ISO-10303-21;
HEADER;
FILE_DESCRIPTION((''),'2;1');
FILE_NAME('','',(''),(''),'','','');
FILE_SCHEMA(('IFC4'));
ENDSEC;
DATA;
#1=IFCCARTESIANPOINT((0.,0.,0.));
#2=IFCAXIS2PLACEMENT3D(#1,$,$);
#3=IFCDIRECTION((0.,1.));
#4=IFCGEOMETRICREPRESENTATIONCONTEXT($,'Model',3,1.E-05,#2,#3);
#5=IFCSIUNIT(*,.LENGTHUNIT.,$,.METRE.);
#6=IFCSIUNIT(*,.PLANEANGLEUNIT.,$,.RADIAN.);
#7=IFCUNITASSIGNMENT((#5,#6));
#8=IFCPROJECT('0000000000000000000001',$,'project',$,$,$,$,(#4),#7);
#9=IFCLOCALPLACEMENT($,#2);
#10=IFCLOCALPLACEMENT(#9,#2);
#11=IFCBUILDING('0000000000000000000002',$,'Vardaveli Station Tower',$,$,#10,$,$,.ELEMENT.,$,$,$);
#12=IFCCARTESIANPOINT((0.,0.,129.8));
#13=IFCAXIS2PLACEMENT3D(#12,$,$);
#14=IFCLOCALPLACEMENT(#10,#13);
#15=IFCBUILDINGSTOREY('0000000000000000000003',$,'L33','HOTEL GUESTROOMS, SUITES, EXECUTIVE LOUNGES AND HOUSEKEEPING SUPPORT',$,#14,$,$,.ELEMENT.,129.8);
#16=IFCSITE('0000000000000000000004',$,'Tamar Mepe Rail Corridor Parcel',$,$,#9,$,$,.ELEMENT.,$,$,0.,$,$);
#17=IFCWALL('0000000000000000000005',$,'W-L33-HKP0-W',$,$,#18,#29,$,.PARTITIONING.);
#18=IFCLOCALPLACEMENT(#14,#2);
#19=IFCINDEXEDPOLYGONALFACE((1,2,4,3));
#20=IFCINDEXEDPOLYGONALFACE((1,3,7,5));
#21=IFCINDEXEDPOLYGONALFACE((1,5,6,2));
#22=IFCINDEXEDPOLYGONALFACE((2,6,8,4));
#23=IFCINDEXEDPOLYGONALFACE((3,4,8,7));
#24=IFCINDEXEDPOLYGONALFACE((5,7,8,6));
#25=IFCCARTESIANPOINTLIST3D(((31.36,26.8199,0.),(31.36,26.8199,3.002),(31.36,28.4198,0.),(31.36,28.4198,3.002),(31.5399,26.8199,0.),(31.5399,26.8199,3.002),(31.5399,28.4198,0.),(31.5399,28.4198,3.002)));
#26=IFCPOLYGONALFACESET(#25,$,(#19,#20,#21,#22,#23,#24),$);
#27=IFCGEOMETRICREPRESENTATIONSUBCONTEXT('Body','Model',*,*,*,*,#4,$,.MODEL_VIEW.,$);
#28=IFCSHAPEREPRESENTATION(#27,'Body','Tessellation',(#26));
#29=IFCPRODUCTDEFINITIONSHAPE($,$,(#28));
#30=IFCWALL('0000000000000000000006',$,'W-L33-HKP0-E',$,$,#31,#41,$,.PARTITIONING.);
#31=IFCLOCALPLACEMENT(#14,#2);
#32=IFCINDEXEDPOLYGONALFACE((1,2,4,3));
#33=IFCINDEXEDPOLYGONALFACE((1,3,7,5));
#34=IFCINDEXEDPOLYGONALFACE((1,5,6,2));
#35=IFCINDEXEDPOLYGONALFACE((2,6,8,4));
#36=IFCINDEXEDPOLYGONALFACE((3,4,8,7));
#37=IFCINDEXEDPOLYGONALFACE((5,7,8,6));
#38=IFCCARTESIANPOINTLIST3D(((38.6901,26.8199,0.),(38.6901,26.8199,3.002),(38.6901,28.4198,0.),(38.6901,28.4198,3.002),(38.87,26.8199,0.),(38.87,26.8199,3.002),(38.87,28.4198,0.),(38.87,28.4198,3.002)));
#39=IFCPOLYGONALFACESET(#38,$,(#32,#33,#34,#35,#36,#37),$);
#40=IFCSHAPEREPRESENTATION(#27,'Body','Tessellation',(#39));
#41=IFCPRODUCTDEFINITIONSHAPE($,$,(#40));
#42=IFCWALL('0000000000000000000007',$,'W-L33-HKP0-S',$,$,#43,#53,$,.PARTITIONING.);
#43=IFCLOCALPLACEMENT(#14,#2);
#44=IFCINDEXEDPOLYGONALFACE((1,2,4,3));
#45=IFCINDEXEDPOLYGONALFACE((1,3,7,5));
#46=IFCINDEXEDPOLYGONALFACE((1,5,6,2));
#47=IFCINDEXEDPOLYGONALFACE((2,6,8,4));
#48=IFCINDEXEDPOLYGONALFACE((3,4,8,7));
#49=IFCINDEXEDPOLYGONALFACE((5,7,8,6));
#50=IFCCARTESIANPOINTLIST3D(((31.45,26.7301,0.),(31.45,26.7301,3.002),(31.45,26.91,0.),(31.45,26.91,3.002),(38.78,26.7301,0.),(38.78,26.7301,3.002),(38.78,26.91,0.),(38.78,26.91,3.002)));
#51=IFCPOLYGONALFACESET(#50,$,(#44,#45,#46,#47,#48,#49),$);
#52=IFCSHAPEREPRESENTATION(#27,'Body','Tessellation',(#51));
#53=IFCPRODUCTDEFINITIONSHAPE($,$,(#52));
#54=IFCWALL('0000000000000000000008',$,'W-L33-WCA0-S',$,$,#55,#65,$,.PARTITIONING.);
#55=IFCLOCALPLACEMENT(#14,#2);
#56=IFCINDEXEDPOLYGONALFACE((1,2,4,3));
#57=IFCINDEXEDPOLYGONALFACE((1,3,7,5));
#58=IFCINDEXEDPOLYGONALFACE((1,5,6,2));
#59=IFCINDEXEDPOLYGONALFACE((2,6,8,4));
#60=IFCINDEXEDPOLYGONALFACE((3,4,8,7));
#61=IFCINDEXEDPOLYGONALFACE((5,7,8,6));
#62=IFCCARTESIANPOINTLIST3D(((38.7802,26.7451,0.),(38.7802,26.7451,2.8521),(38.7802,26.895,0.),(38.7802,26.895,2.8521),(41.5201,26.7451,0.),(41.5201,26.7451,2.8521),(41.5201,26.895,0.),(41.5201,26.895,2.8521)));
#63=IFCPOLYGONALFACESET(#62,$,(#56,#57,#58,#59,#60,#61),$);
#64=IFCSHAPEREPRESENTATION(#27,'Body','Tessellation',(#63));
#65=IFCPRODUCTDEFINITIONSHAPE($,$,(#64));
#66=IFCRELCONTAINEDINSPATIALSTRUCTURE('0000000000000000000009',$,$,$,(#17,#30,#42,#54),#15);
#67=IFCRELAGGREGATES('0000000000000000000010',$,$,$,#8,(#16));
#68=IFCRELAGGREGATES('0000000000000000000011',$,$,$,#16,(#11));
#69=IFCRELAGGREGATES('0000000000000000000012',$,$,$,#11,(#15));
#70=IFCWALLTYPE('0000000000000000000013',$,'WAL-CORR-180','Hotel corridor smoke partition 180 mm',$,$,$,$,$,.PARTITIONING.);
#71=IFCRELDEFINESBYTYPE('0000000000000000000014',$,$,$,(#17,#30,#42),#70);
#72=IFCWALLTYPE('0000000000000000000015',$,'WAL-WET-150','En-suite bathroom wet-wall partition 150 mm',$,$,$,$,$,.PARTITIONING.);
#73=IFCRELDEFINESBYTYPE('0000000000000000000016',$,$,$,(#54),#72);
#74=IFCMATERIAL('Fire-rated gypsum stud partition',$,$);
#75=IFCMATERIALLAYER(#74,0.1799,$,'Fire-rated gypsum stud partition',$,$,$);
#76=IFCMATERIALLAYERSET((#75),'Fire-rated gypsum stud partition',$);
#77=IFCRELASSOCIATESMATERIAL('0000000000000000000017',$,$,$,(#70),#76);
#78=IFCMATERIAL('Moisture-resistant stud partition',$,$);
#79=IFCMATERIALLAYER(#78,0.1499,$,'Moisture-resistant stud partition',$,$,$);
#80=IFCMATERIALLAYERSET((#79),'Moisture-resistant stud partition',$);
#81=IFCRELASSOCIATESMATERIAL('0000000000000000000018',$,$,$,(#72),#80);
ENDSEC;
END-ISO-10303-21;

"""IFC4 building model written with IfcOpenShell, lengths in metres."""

from ifc_helpers import new_model, si_unit, direction, frame, frame_2d, origin, place, context, subcontext, project, spatial, rectangle, extrude, source, transform, mapped, material, layer, layer_set, type_object, element, save


model = new_model("IFC4")

# Units and contexts
model_context = context("Model", 3, precision=1e-05, world=origin(), true_north=direction((0.0, 1.0)))
body_context = subcontext(model_context, "Body", "Model", "MODEL_VIEW")
ifc_project = project(units=[si_unit("LENGTHUNIT", "METRE"), si_unit("PLANEANGLEUNIT", "RADIAN")], contexts=[model_context])

# Site, building, storey
site_placement = place(None, origin())
site = spatial("IfcSite", under=ifc_project, at=site_placement, Name="Tamar Mepe Rail Corridor Parcel", CompositionType="ELEMENT", RefElevation=0.0)
building_placement = place(site_placement, origin())
building = spatial("IfcBuilding", under=site, at=building_placement, Name="Vardaveli Station Tower", CompositionType="ELEMENT")
storey_placement = place(building_placement, frame((0.0, 0.0, 129.8)))
storey = spatial("IfcBuildingStorey", under=building, at=storey_placement, Name="L33", Description="HOTEL GUESTROOMS, SUITES, EXECUTIVE LOUNGES AND HOUSEKEEPING SUPPORT", CompositionType="ELEMENT", Elevation=129.8)

# Walls
ifc_material_1 = material(Name="Fire-rated gypsum stud partition")
ifc_layer_1 = layer(ifc_material_1, 0.1799, Name="Fire-rated gypsum stud partition")
ifc_layer_set_1 = layer_set([ifc_layer_1], Name="Fire-rated gypsum stud partition")
wall_type_1 = type_object("IfcWallType", Name="WAL-CORR-180", Description="Hotel corridor smoke partition 180 mm", PredefinedType="PARTITIONING", material=ifc_layer_set_1)
shared_shape_1 = source(origin(), body_context, "Body", "SweptSolid", [
    extrude(rectangle(XDim=1.5999, YDim=0.1799, at=frame_2d((0.7998, 0.0))), origin(), (0.0, 0.0, 1.0), 3.002),
])
for number, where, z_axis, x_axis, name in (
    (1, (31.45, 26.8201, 0.0), (0.0, 0.0, 1.0), (0.0, 1.0, 0.0), "W-L33-HKP0-W"),
    (2, (38.78, 26.8201, 0.0), (0.0, 0.0, 1.0), (0.0, 1.0, 0.0), "W-L33-HKP0-E"),
):
    element("IfcWall", number, at=place(storey_placement, frame(where, z_axis=z_axis, x_axis=x_axis)), inside=storey, type_object=wall_type_1, Name=name, PredefinedType="PARTITIONING", context=body_context, shape_type="MappedRepresentation", body=[
        mapped(shared_shape_1, transform((0.0, 0.0, 0.0), scale=1.0)),
    ])
shared_shape_2 = source(origin(), body_context, "Body", "SweptSolid", [
    extrude(rectangle(XDim=7.3301, YDim=0.1799, at=frame_2d((3.665, 0.0))), origin(), (0.0, 0.0, 1.0), 3.002),
])
wall_1_placement = place(storey_placement, frame((31.45, 26.8201, 0.0), z_axis=(0.0, 0.0, 1.0), x_axis=(1.0, 0.0, 0.0)))
element("IfcWall", 3, at=wall_1_placement, inside=storey, type_object=wall_type_1, Name="W-L33-HKP0-S", PredefinedType="PARTITIONING", context=body_context, shape_type="MappedRepresentation", body=[
    mapped(shared_shape_2, transform((0.0, 0.0, 0.0), scale=1.0)),
])
ifc_material_2 = material(Name="Moisture-resistant stud partition")
ifc_layer_2 = layer(ifc_material_2, 0.1499, Name="Moisture-resistant stud partition")
ifc_layer_set_2 = layer_set([ifc_layer_2], Name="Moisture-resistant stud partition")
wall_type_2 = type_object("IfcWallType", Name="WAL-WET-150", Description="En-suite bathroom wet-wall partition 150 mm", PredefinedType="PARTITIONING", material=ifc_layer_set_2)
shared_shape_3 = source(origin(), body_context, "Body", "SweptSolid", [
    extrude(rectangle(XDim=2.74, YDim=0.1499, at=frame_2d((1.3701, 0.0))), origin(), (0.0, 0.0, 1.0), 2.8521),
])
wall_2_placement = place(storey_placement, frame((38.78, 26.8201, 0.0), z_axis=(0.0, 0.0, 1.0), x_axis=(1.0, 0.0, 0.0)))
element("IfcWall", 4, at=wall_2_placement, inside=storey, type_object=wall_type_2, Name="W-L33-WCA0-S", PredefinedType="PARTITIONING", context=body_context, shape_type="MappedRepresentation", body=[
    mapped(shared_shape_3, transform((0.0, 0.0, 0.0), scale=1.0)),
])

save(model, "model.ifc")
